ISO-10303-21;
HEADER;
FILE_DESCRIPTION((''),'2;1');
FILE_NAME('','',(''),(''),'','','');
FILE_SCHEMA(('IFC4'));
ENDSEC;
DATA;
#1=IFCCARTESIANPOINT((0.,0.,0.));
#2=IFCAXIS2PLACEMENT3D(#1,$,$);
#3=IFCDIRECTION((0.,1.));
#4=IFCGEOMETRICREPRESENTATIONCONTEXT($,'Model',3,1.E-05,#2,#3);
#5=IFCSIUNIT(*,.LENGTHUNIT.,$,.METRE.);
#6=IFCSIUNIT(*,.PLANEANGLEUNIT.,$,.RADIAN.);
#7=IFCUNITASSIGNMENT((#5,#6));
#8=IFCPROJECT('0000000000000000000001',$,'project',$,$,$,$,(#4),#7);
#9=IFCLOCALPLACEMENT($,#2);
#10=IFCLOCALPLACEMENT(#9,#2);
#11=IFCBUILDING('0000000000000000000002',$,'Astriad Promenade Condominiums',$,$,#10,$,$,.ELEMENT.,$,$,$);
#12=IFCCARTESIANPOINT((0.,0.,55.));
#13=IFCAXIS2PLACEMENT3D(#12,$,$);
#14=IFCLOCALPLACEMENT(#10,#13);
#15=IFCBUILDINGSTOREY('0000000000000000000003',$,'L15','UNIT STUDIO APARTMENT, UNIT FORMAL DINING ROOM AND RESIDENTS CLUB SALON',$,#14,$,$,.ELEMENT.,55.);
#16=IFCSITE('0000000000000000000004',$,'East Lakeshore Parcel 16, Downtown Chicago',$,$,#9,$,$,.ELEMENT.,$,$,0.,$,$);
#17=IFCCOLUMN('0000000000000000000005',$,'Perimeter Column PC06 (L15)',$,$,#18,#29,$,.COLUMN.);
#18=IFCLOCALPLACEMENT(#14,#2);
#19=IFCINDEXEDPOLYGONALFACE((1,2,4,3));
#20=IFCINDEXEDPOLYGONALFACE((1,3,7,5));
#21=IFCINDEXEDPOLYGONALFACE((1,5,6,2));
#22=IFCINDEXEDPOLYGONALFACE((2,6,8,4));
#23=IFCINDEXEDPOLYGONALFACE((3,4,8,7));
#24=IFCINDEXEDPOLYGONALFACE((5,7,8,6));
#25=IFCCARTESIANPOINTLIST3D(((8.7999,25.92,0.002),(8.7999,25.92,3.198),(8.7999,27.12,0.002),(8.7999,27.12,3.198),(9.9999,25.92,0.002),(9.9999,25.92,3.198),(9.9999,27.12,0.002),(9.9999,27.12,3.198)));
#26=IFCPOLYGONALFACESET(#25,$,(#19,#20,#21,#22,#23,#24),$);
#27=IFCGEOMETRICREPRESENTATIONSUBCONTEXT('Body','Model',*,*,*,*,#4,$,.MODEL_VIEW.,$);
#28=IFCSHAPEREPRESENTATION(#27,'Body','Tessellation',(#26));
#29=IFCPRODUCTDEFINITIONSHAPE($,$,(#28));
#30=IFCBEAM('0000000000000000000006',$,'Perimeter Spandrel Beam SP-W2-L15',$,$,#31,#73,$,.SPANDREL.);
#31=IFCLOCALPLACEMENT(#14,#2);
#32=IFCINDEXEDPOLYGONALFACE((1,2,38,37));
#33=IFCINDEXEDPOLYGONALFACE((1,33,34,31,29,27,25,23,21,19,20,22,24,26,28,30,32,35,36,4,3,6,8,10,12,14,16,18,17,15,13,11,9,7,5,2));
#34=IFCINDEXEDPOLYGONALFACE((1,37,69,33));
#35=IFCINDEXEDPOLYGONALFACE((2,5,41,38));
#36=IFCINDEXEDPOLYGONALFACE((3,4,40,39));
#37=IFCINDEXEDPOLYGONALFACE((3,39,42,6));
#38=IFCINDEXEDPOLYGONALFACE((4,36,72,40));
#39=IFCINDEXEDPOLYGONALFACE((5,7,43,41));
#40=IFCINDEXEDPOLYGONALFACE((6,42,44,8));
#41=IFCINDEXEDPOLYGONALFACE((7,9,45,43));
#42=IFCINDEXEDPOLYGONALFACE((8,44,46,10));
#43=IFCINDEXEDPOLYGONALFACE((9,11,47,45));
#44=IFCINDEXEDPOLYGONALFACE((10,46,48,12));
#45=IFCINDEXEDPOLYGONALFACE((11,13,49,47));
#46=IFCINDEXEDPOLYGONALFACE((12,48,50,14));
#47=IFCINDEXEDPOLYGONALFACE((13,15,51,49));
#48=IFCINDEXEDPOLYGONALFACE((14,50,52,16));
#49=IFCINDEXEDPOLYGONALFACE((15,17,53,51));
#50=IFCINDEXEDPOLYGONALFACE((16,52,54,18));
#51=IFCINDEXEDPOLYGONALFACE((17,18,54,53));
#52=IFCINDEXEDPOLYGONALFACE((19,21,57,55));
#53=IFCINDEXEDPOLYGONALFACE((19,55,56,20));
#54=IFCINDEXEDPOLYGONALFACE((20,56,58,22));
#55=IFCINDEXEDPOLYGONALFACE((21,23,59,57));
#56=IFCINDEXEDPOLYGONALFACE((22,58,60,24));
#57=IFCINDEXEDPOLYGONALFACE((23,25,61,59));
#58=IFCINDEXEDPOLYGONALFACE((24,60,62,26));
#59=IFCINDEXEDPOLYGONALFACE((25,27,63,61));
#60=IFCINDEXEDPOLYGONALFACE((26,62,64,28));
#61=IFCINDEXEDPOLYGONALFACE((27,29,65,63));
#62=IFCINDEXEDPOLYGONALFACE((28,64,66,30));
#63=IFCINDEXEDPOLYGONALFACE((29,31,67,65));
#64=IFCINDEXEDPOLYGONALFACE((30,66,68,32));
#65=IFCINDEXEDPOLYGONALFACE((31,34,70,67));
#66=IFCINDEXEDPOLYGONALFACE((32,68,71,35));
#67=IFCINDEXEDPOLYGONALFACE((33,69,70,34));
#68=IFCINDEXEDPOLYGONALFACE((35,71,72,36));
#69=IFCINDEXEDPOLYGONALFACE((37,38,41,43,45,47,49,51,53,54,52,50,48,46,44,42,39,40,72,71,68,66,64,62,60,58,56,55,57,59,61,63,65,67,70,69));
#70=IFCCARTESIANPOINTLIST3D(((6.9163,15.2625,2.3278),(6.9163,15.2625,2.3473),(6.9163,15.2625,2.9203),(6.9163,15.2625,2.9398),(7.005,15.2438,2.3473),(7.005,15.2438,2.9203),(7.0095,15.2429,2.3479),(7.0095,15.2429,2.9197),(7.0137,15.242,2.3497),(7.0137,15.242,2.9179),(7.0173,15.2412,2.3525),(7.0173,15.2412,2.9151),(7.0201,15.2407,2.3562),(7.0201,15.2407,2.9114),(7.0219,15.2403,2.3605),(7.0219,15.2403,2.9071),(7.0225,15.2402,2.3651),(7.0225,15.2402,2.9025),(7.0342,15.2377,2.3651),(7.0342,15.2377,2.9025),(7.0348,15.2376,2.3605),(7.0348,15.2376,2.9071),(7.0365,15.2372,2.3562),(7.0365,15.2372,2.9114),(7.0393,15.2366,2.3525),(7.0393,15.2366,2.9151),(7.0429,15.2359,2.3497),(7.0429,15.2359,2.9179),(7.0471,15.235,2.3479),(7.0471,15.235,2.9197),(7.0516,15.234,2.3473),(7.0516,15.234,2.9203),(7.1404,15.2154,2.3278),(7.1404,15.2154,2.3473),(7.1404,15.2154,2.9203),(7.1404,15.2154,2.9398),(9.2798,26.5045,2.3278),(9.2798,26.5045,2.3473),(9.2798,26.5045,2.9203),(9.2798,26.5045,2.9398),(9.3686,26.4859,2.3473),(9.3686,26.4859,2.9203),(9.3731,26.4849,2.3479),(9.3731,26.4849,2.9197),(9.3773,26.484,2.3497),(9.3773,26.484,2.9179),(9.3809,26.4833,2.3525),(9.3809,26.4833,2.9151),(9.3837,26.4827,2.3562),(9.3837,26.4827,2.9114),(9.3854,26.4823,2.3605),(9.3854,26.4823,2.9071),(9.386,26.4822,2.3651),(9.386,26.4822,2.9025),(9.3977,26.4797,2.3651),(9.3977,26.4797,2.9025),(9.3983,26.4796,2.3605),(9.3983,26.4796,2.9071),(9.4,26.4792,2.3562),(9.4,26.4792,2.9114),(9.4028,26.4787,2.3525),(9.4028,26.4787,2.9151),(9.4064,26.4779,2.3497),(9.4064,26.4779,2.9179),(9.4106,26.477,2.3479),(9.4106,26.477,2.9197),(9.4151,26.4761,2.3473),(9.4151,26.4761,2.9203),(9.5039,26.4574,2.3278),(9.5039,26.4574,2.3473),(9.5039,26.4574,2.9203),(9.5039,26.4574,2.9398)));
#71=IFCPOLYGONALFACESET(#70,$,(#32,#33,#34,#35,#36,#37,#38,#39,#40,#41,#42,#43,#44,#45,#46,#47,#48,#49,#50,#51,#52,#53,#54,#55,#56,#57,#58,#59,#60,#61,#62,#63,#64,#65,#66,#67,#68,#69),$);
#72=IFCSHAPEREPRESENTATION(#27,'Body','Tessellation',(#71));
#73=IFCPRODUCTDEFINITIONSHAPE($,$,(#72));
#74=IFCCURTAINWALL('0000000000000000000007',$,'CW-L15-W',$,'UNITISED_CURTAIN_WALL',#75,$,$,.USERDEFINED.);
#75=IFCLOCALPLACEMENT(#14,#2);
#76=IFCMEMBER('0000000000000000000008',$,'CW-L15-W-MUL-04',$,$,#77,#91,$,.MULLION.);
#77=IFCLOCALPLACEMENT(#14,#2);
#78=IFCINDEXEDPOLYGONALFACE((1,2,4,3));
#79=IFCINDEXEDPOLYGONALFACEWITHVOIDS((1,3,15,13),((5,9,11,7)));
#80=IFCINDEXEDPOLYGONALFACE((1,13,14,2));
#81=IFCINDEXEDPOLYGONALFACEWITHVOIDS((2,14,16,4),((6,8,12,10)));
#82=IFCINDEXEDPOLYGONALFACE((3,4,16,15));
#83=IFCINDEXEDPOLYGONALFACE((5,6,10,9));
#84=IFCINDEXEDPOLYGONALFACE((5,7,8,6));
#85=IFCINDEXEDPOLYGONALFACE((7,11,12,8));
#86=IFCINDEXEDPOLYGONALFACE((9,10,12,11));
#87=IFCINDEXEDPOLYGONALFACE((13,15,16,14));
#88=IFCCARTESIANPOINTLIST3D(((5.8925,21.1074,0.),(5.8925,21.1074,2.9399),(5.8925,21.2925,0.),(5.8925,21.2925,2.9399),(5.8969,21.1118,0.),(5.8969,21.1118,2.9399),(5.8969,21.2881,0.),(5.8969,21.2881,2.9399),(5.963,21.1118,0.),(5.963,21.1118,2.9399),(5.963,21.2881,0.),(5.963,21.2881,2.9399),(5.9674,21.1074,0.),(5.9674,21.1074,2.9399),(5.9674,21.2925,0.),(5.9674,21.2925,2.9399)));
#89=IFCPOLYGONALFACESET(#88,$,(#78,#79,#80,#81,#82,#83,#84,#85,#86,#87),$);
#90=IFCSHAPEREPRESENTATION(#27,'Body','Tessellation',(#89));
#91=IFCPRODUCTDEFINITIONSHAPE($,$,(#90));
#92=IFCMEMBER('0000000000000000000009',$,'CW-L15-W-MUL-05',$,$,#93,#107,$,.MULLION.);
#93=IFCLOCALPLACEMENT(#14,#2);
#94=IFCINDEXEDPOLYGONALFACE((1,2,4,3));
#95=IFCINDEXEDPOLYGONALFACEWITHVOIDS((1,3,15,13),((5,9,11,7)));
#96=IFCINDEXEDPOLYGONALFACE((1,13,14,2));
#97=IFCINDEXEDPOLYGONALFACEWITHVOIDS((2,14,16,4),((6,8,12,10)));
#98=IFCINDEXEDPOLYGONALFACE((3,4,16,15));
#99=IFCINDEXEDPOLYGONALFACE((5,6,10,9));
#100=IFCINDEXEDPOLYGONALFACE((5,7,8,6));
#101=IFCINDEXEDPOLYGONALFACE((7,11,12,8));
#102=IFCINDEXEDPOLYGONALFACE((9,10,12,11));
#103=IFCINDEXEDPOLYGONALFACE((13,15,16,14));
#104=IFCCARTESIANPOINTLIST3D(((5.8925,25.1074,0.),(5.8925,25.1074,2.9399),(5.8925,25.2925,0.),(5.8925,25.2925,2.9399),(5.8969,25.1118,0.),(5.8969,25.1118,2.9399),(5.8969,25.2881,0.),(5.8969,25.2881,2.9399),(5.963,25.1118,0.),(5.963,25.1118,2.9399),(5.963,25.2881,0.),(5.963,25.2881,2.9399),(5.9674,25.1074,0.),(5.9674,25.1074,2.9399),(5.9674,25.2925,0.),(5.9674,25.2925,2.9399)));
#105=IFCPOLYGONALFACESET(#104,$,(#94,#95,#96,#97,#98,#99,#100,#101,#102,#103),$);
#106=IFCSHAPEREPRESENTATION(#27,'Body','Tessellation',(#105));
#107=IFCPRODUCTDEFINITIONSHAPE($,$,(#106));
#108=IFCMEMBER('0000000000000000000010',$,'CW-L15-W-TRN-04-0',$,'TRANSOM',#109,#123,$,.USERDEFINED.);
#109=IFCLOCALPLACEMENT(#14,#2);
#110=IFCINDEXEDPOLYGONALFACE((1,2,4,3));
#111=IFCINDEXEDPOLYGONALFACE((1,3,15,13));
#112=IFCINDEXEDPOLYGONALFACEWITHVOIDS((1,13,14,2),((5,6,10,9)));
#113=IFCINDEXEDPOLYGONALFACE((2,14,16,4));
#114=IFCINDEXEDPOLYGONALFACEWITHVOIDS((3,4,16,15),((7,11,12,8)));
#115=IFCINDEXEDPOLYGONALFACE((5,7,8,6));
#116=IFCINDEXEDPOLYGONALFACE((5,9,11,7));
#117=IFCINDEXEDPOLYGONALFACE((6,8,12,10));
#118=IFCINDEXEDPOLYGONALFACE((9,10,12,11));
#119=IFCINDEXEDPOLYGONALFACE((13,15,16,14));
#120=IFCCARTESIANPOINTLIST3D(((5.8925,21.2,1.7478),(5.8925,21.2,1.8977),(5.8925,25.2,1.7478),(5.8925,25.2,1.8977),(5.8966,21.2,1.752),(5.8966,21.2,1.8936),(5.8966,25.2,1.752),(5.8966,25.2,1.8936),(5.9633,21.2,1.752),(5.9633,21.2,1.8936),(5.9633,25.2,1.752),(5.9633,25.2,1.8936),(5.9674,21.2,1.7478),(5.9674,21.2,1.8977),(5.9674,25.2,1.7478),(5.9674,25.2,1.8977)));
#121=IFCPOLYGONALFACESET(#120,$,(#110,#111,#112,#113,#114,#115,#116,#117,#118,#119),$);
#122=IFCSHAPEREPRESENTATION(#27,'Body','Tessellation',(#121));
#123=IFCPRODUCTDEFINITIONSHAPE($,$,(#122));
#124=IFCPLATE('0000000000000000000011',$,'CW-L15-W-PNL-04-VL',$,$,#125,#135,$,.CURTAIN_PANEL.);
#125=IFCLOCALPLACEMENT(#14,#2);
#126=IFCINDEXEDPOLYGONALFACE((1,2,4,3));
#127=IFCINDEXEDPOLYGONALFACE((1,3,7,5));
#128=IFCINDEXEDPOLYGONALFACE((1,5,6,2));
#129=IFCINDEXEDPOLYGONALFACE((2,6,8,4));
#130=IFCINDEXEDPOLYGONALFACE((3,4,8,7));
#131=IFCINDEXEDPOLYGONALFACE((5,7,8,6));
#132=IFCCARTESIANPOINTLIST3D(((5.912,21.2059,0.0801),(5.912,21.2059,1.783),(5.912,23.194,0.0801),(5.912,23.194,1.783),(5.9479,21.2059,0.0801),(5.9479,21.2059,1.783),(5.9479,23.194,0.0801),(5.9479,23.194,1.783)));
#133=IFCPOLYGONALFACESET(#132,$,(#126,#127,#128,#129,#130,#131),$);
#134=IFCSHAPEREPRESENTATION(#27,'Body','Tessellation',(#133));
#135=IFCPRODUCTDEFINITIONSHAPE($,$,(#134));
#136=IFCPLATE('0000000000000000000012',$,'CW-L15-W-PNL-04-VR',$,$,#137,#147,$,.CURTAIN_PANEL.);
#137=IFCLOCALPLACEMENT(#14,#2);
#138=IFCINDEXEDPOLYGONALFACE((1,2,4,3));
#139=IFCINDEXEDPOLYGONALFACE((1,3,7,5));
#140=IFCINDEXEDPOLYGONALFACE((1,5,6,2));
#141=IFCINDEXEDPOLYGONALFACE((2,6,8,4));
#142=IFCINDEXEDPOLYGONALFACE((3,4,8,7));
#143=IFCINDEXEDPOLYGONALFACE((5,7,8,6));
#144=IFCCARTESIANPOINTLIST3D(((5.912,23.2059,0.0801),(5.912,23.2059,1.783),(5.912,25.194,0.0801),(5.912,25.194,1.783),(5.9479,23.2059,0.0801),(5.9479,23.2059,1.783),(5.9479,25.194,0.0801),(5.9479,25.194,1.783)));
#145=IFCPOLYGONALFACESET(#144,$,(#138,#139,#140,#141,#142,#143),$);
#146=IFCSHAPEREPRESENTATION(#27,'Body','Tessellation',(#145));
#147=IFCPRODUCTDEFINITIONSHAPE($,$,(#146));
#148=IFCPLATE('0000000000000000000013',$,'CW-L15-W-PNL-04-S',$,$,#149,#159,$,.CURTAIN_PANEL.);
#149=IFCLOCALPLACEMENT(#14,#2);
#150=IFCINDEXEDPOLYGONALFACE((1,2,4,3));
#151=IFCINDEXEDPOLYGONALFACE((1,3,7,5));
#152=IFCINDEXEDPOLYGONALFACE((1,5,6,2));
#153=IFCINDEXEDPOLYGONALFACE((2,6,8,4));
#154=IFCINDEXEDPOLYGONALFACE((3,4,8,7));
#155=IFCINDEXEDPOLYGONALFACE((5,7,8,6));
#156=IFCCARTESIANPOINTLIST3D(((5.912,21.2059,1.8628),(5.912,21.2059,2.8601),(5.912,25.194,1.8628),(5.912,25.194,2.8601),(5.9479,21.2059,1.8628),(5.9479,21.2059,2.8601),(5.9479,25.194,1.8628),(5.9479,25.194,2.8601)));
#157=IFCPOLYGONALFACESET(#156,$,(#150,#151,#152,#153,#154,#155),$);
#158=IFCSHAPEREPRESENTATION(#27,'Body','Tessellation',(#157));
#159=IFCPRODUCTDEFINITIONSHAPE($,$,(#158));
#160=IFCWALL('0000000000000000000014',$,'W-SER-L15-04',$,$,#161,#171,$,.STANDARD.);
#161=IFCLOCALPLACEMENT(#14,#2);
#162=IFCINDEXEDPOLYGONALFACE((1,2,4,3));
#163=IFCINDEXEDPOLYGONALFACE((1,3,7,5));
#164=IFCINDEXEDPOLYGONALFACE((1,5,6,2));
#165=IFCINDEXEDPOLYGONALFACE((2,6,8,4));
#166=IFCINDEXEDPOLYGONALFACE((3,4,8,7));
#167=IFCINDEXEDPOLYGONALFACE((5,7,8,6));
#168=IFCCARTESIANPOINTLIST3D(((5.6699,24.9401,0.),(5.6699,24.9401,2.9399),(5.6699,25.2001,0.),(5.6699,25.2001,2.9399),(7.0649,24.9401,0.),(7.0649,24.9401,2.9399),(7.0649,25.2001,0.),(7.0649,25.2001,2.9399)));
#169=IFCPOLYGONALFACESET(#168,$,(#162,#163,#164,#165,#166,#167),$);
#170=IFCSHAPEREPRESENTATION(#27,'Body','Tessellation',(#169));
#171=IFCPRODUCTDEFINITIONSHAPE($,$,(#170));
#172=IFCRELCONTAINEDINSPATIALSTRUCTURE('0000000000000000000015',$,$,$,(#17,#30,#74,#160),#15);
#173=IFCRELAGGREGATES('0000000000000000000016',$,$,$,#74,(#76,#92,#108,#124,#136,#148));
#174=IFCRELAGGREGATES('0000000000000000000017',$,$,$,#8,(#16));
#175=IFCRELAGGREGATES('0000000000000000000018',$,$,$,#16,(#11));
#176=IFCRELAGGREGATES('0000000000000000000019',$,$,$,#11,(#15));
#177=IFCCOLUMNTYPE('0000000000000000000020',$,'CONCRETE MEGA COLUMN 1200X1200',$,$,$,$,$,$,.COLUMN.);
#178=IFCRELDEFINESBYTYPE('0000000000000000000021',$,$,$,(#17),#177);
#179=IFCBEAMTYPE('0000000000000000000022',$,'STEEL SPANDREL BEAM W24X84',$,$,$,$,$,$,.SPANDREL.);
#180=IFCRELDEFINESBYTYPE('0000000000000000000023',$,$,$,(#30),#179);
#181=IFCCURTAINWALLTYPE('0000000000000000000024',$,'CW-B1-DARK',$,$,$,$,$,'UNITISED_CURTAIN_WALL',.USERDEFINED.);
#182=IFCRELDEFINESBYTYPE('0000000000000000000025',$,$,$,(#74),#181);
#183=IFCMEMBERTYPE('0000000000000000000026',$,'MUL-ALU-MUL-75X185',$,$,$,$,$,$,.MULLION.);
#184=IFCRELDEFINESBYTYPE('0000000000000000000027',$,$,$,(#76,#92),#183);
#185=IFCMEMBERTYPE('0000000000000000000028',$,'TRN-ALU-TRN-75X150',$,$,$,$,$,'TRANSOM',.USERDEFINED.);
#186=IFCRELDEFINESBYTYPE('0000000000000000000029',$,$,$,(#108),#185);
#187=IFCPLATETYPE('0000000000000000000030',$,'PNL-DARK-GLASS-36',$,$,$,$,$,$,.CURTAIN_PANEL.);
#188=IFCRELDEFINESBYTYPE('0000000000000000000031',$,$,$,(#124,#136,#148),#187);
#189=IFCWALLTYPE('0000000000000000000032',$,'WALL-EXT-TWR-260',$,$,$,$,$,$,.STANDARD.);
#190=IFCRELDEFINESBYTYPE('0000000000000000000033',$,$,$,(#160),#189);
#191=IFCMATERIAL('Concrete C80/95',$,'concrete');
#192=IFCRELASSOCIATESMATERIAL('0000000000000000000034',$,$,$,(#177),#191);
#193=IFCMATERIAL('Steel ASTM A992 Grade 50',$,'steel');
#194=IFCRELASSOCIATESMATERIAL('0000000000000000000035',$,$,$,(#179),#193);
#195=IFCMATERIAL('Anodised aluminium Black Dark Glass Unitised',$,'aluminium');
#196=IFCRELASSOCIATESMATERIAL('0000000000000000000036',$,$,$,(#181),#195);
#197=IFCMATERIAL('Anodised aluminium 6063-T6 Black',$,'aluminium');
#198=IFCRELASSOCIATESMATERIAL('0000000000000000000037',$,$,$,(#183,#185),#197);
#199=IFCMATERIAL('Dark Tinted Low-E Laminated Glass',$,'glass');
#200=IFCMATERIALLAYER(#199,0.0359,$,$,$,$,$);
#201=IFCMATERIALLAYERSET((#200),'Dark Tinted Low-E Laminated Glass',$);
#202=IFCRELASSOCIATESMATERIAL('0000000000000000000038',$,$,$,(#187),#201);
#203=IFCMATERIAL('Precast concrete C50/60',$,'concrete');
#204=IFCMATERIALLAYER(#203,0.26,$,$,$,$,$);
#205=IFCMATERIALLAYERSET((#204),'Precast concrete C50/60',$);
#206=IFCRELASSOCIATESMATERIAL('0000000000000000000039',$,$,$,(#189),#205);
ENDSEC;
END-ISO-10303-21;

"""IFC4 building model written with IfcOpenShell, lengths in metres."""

from ifc_helpers import new_model, si_unit, direction, frame, frame_2d, origin, origin_2d, place, context, subcontext, project, spatial, rectangle, hollow_rectangle, i_section, extrude, source, transform, mapped, material, layer, layer_set, material_profile, profile_set, type_object, type_shapes, element, aggregate, save


model = new_model("IFC4")

# Units and contexts
model_context = context("Model", 3, precision=1e-05, world=origin(), true_north=direction((0.0, 1.0)))
body_context = subcontext(model_context, "Body", "Model", "MODEL_VIEW")
ifc_project = project(units=[si_unit("LENGTHUNIT", "METRE"), si_unit("PLANEANGLEUNIT", "RADIAN")], contexts=[model_context])

# Site, building, storey
site_placement = place(None, origin())
site = spatial("IfcSite", under=ifc_project, at=site_placement, Name="East Lakeshore Parcel 16, Downtown Chicago", CompositionType="ELEMENT", RefElevation=0.0)
building_placement = place(site_placement, origin())
building = spatial("IfcBuilding", under=site, at=building_placement, Name="Astriad Promenade Condominiums", CompositionType="ELEMENT")
storey_placement = place(building_placement, frame((0.0, 0.0, 55.0)))
storey = spatial("IfcBuildingStorey", under=building, at=storey_placement, Name="L15", Description="UNIT STUDIO APARTMENT, UNIT FORMAL DINING ROOM AND RESIDENTS CLUB SALON", CompositionType="ELEMENT", Elevation=55.0)

# Column
ifc_material_1 = material(Name="Concrete C80/95", Category="concrete")
ifc_material_profile_1 = material_profile(ifc_material_1, rectangle(XDim=1.2, YDim=1.2, at=origin_2d()), Name="RC-COL-1200X1200")
ifc_profile_set_1 = profile_set([ifc_material_profile_1], Name="Concrete C80/95")
column_type = type_object("IfcColumnType", Name="CONCRETE MEGA COLUMN 1200X1200", PredefinedType="COLUMN", material=ifc_profile_set_1)
shared_shape_1 = source(origin(), body_context, "Body", "SweptSolid", [
    extrude(rectangle(XDim=1.2, YDim=1.2, at=origin_2d()), origin(), (0.0, 0.0, 1.0), 3.196),
])
type_shapes(column_type, [shared_shape_1])
column_placement = place(storey_placement, frame((9.3999, 26.52, 0.002), z_axis=(0.0, 0.0, 1.0), x_axis=(1.0, 0.0, 0.0)))
element("IfcColumn", 1, at=column_placement, inside=storey, type_object=column_type, Name="Perimeter Column PC06 (L15)", PredefinedType="COLUMN", context=body_context, shape_type="MappedRepresentation", body=[
    mapped(shared_shape_1, transform((0.0, 0.0, 0.0), scale=1.0)),
])

# Beam
ifc_material_2 = material(Name="Steel ASTM A992 Grade 50", Category="steel")
ifc_material_profile_2 = material_profile(ifc_material_2, i_section(OverallWidth=0.229, OverallDepth=0.6121, WebThickness=0.012, FlangeThickness=0.0195, FilletRadius=0.0178, at=origin_2d()), Name="W24X84")
ifc_profile_set_2 = profile_set([ifc_material_profile_2], Name="Steel ASTM A992 Grade 50")
beam_type = type_object("IfcBeamType", Name="STEEL SPANDREL BEAM W24X84", PredefinedType="SPANDREL", material=ifc_profile_set_2)
shared_shape_2 = source(origin(), body_context, "Body", "SweptSolid", [
    extrude(i_section(OverallWidth=0.229, OverallDepth=0.6121, WebThickness=0.012, FlangeThickness=0.0195, FilletRadius=0.0178, at=origin_2d()), origin(), (0.0, 0.0, 1.0), 11.4878),
])
type_shapes(beam_type, [shared_shape_2])
beam_placement = place(storey_placement, frame((9.3918, 26.481, 2.6338), z_axis=(-0.205744, -0.978606, 0.0), x_axis=(0.978606, -0.205744, 0.0)))
element("IfcBeam", 2, at=beam_placement, inside=storey, type_object=beam_type, Name="Perimeter Spandrel Beam SP-W2-L15", PredefinedType="SPANDREL", context=body_context, shape_type="MappedRepresentation", body=[
    mapped(shared_shape_2, transform((0.0, 0.0, 0.0), scale=1.0)),
])

# Curtain wall, members, plates
ifc_material_3 = material(Name="Anodised aluminium Black Dark Glass Unitised", Category="aluminium")
curtain_wall_type = type_object("IfcCurtainWallType", Name="CW-B1-DARK", ElementType="UNITISED_CURTAIN_WALL", PredefinedType="USERDEFINED", material=ifc_material_3)
curtain_wall_placement = place(storey_placement, origin())
curtain_wall = element("IfcCurtainWall", 3, at=curtain_wall_placement, inside=storey, type_object=curtain_wall_type, Name="CW-L15-W", ObjectType="UNITISED_CURTAIN_WALL", PredefinedType="USERDEFINED")
ifc_material_4 = material(Name="Anodised aluminium 6063-T6 Black", Category="aluminium")
ifc_material_profile_3 = material_profile(ifc_material_4, hollow_rectangle(XDim=0.075, YDim=0.1851, WallThickness=0.0044, at=origin_2d()), Name="ALU-MUL-75X185")
ifc_profile_set_3 = profile_set([ifc_material_profile_3], Name="Anodised aluminium 6063-T6 Black")
member_type_1 = type_object("IfcMemberType", Name="MUL-ALU-MUL-75X185", PredefinedType="MULLION", material=ifc_profile_set_3)
shared_shape_3 = source(origin(), body_context, "Body", "SweptSolid", [
    extrude(hollow_rectangle(XDim=0.075, YDim=0.1851, WallThickness=0.0044, at=origin_2d()), origin(), (0.0, 0.0, 1.0), 2.9399),
])
type_shapes(member_type_1, [shared_shape_3])
member_1_placement = place(storey_placement, frame((5.9299, 21.2, 0.0), z_axis=(0.0, 0.0, 1.0), x_axis=(1.0, 0.0, 0.0)))
member_1 = element("IfcMember", 4, at=member_1_placement, type_object=member_type_1, Name="CW-L15-W-MUL-04", PredefinedType="MULLION", context=body_context, shape_type="MappedRepresentation", body=[
    mapped(shared_shape_3, transform((0.0, 0.0, 0.0), scale=1.0)),
])
member_2_placement = place(storey_placement, frame((5.9299, 25.2, 0.0), z_axis=(0.0, 0.0, 1.0), x_axis=(1.0, 0.0, 0.0)))
member_2 = element("IfcMember", 5, at=member_2_placement, type_object=member_type_1, Name="CW-L15-W-MUL-05", PredefinedType="MULLION", context=body_context, shape_type="MappedRepresentation", body=[
    mapped(shared_shape_3, transform((0.0, 0.0, 0.0), scale=1.0)),
])
ifc_material_profile_4 = material_profile(ifc_material_4, hollow_rectangle(XDim=0.075, YDim=0.1499, WallThickness=0.0042, at=origin_2d()), Name="ALU-TRN-75X150")
ifc_profile_set_4 = profile_set([ifc_material_profile_4], Name="Anodised aluminium 6063-T6 Black")
member_type_2 = type_object("IfcMemberType", Name="TRN-ALU-TRN-75X150", ElementType="TRANSOM", PredefinedType="USERDEFINED", material=ifc_profile_set_4)
shared_shape_4 = source(origin(), body_context, "Body", "SweptSolid", [
    extrude(hollow_rectangle(XDim=0.075, YDim=0.1499, WallThickness=0.0042, at=origin_2d()), origin(), (0.0, 0.0, 1.0), 4.0),
])
type_shapes(member_type_2, [shared_shape_4])
member_3_placement = place(storey_placement, frame((5.9299, 21.2, 1.8228), z_axis=(0.0, 1.0, 0.0), x_axis=(-1.0, 0.0, 0.0)))
member_3 = element("IfcMember", 6, at=member_3_placement, type_object=member_type_2, Name="CW-L15-W-TRN-04-0", ObjectType="TRANSOM", PredefinedType="USERDEFINED", context=body_context, shape_type="MappedRepresentation", body=[
    mapped(shared_shape_4, transform((0.0, 0.0, 0.0), scale=1.0)),
])
ifc_material_5 = material(Name="Dark Tinted Low-E Laminated Glass", Category="glass")
ifc_layer_1 = layer(ifc_material_5, 0.0359)
ifc_layer_set_1 = layer_set([ifc_layer_1], Name="Dark Tinted Low-E Laminated Glass")
plate_type = type_object("IfcPlateType", Name="PNL-DARK-GLASS-36", PredefinedType="CURTAIN_PANEL", material=ifc_layer_set_1)
shared_shape_5 = source(origin(), body_context, "Body", "SweptSolid", [
    extrude(rectangle(XDim=1.988, YDim=0.0359, at=origin_2d()), origin(), (0.0, 0.0, 1.0), 1.7029),
])
plate_1_placement = place(storey_placement, frame((5.9299, 22.2, 0.0801), z_axis=(0.0, 0.0, 1.0), x_axis=(0.0, 1.0, 0.0)))
plate_1 = element("IfcPlate", 7, at=plate_1_placement, type_object=plate_type, Name="CW-L15-W-PNL-04-VL", PredefinedType="CURTAIN_PANEL", context=body_context, shape_type="MappedRepresentation", body=[
    mapped(shared_shape_5, transform((0.0, 0.0, 0.0), scale=1.0)),
])
plate_2_placement = place(storey_placement, frame((5.9299, 24.2, 0.0801), z_axis=(0.0, 0.0, 1.0), x_axis=(0.0, 1.0, 0.0)))
plate_2 = element("IfcPlate", 8, at=plate_2_placement, type_object=plate_type, Name="CW-L15-W-PNL-04-VR", PredefinedType="CURTAIN_PANEL", context=body_context, shape_type="MappedRepresentation", body=[
    mapped(shared_shape_5, transform((0.0, 0.0, 0.0), scale=1.0)),
])
shared_shape_6 = source(origin(), body_context, "Body", "SweptSolid", [
    extrude(rectangle(XDim=3.988, YDim=0.0359, at=origin_2d()), origin(), (0.0, 0.0, 1.0), 0.9973),
])
type_shapes(plate_type, [shared_shape_5, shared_shape_6])
plate_3_placement = place(storey_placement, frame((5.9299, 23.2, 1.8628), z_axis=(0.0, 0.0, 1.0), x_axis=(0.0, 1.0, 0.0)))
plate_3 = element("IfcPlate", 9, at=plate_3_placement, type_object=plate_type, Name="CW-L15-W-PNL-04-S", PredefinedType="CURTAIN_PANEL", context=body_context, shape_type="MappedRepresentation", body=[
    mapped(shared_shape_6, transform((0.0, 0.0, 0.0), scale=1.0)),
])
aggregate(curtain_wall, [member_1, member_2, member_3, plate_1, plate_2, plate_3])

# Wall
ifc_material_6 = material(Name="Precast concrete C50/60", Category="concrete")
ifc_layer_2 = layer(ifc_material_6, 0.26)
ifc_layer_set_2 = layer_set([ifc_layer_2], Name="Precast concrete C50/60")
wall_type_1 = type_object("IfcWallType", Name="WALL-EXT-TWR-260", PredefinedType="STANDARD", material=ifc_layer_set_2)
for number, where, z_axis, x_axis, name in (
    (10, (5.6699, 25.0701, 0.0), (0.0, 0.0, 1.0), (1.0, 0.0, 0.0), "W-SER-L15-04"),
):
    element("IfcWall", number, at=place(storey_placement, frame(where, z_axis=z_axis, x_axis=x_axis)), inside=storey, type_object=wall_type_1, Name=name, PredefinedType="STANDARD", context=body_context, shape_type="SweptSolid", body=[
        extrude(rectangle(XDim=1.395, YDim=0.26, at=frame_2d((0.6975, 0.0))), origin(), (0.0, 0.0, 1.0), 2.9399),
    ])

save(model, "model.ifc")
